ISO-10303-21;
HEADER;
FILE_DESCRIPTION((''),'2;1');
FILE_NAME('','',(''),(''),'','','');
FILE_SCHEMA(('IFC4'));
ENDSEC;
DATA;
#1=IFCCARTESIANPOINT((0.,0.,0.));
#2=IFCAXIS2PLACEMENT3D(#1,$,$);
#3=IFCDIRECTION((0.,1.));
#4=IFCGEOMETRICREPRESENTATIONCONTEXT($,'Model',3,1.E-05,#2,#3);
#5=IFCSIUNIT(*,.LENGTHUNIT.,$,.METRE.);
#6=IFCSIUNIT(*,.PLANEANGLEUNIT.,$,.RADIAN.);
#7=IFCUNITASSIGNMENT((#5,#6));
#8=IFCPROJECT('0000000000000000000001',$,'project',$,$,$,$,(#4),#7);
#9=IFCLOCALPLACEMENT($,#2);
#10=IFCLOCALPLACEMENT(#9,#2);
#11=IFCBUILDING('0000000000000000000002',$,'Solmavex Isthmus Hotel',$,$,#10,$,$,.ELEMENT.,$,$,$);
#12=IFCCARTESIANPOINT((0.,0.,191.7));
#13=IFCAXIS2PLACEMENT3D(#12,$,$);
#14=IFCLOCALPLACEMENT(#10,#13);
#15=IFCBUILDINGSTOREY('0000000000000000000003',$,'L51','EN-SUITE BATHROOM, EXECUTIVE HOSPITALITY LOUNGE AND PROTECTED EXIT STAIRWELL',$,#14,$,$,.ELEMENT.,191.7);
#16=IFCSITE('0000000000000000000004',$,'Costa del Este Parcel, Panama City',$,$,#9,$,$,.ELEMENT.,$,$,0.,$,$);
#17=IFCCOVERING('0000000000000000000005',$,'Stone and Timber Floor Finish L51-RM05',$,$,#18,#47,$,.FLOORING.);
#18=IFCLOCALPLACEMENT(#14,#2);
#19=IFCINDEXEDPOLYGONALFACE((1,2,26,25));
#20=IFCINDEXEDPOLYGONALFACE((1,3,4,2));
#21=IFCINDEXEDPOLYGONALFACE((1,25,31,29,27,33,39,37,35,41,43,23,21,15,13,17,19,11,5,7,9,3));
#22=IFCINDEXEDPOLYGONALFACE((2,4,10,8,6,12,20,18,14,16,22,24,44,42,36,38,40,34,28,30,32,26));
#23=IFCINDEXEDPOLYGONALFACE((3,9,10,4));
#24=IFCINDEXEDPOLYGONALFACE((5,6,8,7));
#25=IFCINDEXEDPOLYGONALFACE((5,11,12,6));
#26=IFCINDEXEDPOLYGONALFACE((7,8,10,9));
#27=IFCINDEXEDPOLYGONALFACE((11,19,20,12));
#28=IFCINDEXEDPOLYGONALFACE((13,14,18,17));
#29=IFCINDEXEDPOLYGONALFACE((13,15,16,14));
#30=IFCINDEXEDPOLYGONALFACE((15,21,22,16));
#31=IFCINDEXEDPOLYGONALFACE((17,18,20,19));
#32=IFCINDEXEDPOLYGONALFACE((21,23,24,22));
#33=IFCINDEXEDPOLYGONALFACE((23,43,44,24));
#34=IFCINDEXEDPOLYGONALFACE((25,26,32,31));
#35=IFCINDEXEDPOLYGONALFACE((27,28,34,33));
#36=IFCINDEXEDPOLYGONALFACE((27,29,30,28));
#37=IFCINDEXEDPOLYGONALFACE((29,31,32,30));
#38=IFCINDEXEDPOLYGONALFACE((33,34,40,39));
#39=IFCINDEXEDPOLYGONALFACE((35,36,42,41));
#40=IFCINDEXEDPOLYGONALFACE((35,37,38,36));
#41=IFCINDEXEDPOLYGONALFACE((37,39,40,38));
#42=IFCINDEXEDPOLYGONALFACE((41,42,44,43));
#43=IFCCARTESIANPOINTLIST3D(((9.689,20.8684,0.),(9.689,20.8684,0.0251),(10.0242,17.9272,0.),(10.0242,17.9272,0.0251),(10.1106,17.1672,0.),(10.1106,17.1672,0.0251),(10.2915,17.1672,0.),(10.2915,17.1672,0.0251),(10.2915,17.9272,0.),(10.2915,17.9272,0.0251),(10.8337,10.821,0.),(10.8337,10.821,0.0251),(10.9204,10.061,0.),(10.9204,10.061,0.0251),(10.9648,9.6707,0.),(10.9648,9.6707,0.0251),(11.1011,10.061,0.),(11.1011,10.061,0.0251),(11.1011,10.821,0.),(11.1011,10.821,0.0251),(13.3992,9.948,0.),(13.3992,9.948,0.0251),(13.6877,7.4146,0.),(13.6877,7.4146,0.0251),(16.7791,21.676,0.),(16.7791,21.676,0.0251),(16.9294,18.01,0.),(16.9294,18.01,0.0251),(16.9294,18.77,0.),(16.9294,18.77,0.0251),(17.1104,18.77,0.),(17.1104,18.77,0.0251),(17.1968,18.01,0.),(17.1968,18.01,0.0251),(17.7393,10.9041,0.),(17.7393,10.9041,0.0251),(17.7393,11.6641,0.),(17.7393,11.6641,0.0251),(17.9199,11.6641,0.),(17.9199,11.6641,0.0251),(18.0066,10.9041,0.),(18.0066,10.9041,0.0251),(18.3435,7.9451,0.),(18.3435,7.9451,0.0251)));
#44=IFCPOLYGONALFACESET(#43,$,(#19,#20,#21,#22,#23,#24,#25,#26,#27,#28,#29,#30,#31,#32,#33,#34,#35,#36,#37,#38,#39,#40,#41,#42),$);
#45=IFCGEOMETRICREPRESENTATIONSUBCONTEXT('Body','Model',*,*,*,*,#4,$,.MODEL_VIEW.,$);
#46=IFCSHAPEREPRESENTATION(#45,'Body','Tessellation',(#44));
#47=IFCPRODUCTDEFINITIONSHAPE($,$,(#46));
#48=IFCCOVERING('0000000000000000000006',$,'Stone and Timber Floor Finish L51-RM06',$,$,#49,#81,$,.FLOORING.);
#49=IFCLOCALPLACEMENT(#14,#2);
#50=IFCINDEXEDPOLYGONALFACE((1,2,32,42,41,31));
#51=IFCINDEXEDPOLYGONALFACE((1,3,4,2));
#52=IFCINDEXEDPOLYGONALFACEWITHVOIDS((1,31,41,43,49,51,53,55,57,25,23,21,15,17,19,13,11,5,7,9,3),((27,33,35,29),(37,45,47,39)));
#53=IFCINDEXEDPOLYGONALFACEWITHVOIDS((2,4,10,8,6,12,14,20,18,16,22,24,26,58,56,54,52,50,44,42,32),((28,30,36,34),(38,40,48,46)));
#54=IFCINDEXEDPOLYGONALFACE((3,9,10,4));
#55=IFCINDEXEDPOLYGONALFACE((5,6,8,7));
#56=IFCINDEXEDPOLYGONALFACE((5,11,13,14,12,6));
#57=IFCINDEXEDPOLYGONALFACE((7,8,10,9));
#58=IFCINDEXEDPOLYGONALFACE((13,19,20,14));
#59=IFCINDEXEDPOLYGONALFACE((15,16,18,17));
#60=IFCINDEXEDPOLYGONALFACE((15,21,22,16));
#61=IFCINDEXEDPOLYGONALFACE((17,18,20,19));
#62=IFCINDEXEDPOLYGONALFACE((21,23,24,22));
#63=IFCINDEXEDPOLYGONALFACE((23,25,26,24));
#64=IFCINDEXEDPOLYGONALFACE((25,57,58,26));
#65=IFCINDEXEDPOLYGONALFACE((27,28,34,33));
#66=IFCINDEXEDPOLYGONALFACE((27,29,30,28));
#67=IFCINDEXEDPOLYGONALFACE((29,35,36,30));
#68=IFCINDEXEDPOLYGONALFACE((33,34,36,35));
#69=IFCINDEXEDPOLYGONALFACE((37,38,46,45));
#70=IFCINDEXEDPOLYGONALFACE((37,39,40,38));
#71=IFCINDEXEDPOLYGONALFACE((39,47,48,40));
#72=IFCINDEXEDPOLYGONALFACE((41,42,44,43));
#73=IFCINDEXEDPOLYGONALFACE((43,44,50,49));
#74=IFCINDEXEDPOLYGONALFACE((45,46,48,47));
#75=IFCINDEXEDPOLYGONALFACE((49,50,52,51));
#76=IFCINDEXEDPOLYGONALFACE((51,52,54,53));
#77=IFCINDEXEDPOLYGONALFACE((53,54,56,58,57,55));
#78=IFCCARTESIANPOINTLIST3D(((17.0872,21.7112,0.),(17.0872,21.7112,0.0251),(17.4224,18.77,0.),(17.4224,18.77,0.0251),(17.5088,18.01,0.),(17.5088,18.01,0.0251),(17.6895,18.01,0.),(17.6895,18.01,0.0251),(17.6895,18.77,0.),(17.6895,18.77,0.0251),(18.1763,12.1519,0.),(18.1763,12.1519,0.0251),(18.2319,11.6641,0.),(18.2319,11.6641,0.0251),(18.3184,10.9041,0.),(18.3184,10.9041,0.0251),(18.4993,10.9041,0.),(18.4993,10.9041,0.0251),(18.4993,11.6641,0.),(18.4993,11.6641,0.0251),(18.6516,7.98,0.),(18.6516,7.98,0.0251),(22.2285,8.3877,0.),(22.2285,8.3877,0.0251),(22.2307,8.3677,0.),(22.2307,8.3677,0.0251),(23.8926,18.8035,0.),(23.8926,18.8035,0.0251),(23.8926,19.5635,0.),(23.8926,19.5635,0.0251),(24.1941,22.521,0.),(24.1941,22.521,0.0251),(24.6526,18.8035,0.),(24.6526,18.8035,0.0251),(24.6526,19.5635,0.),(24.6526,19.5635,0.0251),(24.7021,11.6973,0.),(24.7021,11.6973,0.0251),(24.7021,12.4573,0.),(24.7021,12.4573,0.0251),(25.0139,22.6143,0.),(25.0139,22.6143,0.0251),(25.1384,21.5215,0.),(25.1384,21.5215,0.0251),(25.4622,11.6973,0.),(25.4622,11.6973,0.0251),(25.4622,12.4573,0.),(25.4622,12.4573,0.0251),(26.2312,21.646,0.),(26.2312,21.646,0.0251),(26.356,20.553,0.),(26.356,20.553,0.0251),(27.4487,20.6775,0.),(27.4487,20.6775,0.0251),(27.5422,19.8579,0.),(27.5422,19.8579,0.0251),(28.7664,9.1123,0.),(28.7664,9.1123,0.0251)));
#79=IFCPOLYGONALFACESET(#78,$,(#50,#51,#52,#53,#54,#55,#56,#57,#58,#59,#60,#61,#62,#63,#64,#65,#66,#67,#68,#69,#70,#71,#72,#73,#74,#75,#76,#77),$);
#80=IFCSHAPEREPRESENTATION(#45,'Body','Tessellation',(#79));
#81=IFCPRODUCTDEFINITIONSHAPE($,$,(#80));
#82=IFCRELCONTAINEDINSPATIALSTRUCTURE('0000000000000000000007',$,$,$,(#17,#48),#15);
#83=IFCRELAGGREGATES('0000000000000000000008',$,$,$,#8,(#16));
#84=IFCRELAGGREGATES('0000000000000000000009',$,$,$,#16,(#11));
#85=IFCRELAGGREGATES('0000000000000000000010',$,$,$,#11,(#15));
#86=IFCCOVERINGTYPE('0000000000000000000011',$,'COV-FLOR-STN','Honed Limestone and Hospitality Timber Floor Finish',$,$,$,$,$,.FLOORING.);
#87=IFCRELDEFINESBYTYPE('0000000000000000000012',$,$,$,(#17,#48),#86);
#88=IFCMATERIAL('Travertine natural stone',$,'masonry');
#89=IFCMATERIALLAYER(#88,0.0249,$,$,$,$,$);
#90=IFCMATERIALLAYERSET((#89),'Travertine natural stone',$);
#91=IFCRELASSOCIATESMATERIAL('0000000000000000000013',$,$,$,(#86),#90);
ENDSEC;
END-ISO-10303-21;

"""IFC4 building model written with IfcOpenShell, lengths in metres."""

from ifc_helpers import new_model, si_unit, direction, frame, origin, place, context, subcontext, project, spatial, polyline, outline, extrude, material, layer, layer_set, type_object, element, save


model = new_model("IFC4")

# Units and contexts
model_context = context("Model", 3, precision=1e-05, world=origin(), true_north=direction((0.0, 1.0)))
body_context = subcontext(model_context, "Body", "Model", "MODEL_VIEW")
ifc_project = project(units=[si_unit("LENGTHUNIT", "METRE"), si_unit("PLANEANGLEUNIT", "RADIAN")], contexts=[model_context])

# Site, building, storey
site_placement = place(None, origin())
site = spatial("IfcSite", under=ifc_project, at=site_placement, Name="Costa del Este Parcel, Panama City", CompositionType="ELEMENT", RefElevation=0.0)
building_placement = place(site_placement, origin())
building = spatial("IfcBuilding", under=site, at=building_placement, Name="Solmavex Isthmus Hotel", CompositionType="ELEMENT")
storey_placement = place(building_placement, frame((0.0, 0.0, 191.7)))
storey = spatial("IfcBuildingStorey", under=building, at=storey_placement, Name="L51", Description="EN-SUITE BATHROOM, EXECUTIVE HOSPITALITY LOUNGE AND PROTECTED EXIT STAIRWELL", CompositionType="ELEMENT", Elevation=191.7)

# Coverings
ifc_material_1 = material(Name="Travertine natural stone", Category="masonry")
ifc_layer_1 = layer(ifc_material_1, 0.0249)
ifc_layer_set_1 = layer_set([ifc_layer_1], Name="Travertine natural stone")
covering_type_1 = type_object("IfcCoveringType", Name="COV-FLOR-STN", Description="Honed Limestone and Hospitality Timber Floor Finish", PredefinedType="FLOORING", material=ifc_layer_set_1)
covering_1_placement = place(storey_placement, origin())
element("IfcCovering", 1, at=covering_1_placement, inside=storey, type_object=covering_type_1, Name="Stone and Timber Floor Finish L51-RM05", PredefinedType="FLOORING", context=body_context, shape_type="SweptSolid", body=[
    extrude(outline(polyline([(10.8337, 10.821), (11.1011, 10.821), (11.1011, 10.061), (10.9204, 10.061), (10.9648, 9.6707), (13.3992, 9.948), (13.6877, 7.4146), (18.3435, 7.9451), (18.0066, 10.9041), (17.7393, 10.9041), (17.7393, 11.6641), (17.9199, 11.6641), (17.1968, 18.01), (16.9294, 18.01), (16.9294, 18.77), (17.1104, 18.77), (16.7791, 21.676), (9.689, 20.8684), (10.0242, 17.9272), (10.2915, 17.9272), (10.2915, 17.1672), (10.1106, 17.1672), (10.8337, 10.821)])), origin(), (0.0, 0.0, 1.0), 0.0251),
])
covering_2_placement = place(storey_placement, origin())
element("IfcCovering", 2, at=covering_2_placement, inside=storey, type_object=covering_type_1, Name="Stone and Timber Floor Finish L51-RM06", PredefinedType="FLOORING", context=body_context, shape_type="SweptSolid", body=[
    extrude(outline(polyline([(18.2319, 11.6641), (18.4993, 11.6641), (18.4993, 10.9041), (18.3184, 10.9041), (18.6516, 7.98), (22.2285, 8.3877), (22.2307, 8.3677), (28.7664, 9.1123), (27.5422, 19.8579), (27.4487, 20.6775), (26.356, 20.553), (26.2312, 21.646), (25.1384, 21.5215), (25.0139, 22.6143), (24.1941, 22.521), (17.0872, 21.7112), (17.4224, 18.77), (17.6895, 18.77), (17.6895, 18.01), (17.5088, 18.01), (18.1763, 12.1519), (18.2319, 11.6641)]), holes=[polyline([(24.7021, 11.6973), (24.7021, 12.4573), (25.4622, 12.4573), (25.4622, 11.6973), (24.7021, 11.6973)]), polyline([(23.8926, 19.5635), (24.6526, 19.5635), (24.6526, 18.8035), (23.8926, 18.8035), (23.8926, 19.5635)])]), origin(), (0.0, 0.0, 1.0), 0.0251),
])

save(model, "model.ifc")
